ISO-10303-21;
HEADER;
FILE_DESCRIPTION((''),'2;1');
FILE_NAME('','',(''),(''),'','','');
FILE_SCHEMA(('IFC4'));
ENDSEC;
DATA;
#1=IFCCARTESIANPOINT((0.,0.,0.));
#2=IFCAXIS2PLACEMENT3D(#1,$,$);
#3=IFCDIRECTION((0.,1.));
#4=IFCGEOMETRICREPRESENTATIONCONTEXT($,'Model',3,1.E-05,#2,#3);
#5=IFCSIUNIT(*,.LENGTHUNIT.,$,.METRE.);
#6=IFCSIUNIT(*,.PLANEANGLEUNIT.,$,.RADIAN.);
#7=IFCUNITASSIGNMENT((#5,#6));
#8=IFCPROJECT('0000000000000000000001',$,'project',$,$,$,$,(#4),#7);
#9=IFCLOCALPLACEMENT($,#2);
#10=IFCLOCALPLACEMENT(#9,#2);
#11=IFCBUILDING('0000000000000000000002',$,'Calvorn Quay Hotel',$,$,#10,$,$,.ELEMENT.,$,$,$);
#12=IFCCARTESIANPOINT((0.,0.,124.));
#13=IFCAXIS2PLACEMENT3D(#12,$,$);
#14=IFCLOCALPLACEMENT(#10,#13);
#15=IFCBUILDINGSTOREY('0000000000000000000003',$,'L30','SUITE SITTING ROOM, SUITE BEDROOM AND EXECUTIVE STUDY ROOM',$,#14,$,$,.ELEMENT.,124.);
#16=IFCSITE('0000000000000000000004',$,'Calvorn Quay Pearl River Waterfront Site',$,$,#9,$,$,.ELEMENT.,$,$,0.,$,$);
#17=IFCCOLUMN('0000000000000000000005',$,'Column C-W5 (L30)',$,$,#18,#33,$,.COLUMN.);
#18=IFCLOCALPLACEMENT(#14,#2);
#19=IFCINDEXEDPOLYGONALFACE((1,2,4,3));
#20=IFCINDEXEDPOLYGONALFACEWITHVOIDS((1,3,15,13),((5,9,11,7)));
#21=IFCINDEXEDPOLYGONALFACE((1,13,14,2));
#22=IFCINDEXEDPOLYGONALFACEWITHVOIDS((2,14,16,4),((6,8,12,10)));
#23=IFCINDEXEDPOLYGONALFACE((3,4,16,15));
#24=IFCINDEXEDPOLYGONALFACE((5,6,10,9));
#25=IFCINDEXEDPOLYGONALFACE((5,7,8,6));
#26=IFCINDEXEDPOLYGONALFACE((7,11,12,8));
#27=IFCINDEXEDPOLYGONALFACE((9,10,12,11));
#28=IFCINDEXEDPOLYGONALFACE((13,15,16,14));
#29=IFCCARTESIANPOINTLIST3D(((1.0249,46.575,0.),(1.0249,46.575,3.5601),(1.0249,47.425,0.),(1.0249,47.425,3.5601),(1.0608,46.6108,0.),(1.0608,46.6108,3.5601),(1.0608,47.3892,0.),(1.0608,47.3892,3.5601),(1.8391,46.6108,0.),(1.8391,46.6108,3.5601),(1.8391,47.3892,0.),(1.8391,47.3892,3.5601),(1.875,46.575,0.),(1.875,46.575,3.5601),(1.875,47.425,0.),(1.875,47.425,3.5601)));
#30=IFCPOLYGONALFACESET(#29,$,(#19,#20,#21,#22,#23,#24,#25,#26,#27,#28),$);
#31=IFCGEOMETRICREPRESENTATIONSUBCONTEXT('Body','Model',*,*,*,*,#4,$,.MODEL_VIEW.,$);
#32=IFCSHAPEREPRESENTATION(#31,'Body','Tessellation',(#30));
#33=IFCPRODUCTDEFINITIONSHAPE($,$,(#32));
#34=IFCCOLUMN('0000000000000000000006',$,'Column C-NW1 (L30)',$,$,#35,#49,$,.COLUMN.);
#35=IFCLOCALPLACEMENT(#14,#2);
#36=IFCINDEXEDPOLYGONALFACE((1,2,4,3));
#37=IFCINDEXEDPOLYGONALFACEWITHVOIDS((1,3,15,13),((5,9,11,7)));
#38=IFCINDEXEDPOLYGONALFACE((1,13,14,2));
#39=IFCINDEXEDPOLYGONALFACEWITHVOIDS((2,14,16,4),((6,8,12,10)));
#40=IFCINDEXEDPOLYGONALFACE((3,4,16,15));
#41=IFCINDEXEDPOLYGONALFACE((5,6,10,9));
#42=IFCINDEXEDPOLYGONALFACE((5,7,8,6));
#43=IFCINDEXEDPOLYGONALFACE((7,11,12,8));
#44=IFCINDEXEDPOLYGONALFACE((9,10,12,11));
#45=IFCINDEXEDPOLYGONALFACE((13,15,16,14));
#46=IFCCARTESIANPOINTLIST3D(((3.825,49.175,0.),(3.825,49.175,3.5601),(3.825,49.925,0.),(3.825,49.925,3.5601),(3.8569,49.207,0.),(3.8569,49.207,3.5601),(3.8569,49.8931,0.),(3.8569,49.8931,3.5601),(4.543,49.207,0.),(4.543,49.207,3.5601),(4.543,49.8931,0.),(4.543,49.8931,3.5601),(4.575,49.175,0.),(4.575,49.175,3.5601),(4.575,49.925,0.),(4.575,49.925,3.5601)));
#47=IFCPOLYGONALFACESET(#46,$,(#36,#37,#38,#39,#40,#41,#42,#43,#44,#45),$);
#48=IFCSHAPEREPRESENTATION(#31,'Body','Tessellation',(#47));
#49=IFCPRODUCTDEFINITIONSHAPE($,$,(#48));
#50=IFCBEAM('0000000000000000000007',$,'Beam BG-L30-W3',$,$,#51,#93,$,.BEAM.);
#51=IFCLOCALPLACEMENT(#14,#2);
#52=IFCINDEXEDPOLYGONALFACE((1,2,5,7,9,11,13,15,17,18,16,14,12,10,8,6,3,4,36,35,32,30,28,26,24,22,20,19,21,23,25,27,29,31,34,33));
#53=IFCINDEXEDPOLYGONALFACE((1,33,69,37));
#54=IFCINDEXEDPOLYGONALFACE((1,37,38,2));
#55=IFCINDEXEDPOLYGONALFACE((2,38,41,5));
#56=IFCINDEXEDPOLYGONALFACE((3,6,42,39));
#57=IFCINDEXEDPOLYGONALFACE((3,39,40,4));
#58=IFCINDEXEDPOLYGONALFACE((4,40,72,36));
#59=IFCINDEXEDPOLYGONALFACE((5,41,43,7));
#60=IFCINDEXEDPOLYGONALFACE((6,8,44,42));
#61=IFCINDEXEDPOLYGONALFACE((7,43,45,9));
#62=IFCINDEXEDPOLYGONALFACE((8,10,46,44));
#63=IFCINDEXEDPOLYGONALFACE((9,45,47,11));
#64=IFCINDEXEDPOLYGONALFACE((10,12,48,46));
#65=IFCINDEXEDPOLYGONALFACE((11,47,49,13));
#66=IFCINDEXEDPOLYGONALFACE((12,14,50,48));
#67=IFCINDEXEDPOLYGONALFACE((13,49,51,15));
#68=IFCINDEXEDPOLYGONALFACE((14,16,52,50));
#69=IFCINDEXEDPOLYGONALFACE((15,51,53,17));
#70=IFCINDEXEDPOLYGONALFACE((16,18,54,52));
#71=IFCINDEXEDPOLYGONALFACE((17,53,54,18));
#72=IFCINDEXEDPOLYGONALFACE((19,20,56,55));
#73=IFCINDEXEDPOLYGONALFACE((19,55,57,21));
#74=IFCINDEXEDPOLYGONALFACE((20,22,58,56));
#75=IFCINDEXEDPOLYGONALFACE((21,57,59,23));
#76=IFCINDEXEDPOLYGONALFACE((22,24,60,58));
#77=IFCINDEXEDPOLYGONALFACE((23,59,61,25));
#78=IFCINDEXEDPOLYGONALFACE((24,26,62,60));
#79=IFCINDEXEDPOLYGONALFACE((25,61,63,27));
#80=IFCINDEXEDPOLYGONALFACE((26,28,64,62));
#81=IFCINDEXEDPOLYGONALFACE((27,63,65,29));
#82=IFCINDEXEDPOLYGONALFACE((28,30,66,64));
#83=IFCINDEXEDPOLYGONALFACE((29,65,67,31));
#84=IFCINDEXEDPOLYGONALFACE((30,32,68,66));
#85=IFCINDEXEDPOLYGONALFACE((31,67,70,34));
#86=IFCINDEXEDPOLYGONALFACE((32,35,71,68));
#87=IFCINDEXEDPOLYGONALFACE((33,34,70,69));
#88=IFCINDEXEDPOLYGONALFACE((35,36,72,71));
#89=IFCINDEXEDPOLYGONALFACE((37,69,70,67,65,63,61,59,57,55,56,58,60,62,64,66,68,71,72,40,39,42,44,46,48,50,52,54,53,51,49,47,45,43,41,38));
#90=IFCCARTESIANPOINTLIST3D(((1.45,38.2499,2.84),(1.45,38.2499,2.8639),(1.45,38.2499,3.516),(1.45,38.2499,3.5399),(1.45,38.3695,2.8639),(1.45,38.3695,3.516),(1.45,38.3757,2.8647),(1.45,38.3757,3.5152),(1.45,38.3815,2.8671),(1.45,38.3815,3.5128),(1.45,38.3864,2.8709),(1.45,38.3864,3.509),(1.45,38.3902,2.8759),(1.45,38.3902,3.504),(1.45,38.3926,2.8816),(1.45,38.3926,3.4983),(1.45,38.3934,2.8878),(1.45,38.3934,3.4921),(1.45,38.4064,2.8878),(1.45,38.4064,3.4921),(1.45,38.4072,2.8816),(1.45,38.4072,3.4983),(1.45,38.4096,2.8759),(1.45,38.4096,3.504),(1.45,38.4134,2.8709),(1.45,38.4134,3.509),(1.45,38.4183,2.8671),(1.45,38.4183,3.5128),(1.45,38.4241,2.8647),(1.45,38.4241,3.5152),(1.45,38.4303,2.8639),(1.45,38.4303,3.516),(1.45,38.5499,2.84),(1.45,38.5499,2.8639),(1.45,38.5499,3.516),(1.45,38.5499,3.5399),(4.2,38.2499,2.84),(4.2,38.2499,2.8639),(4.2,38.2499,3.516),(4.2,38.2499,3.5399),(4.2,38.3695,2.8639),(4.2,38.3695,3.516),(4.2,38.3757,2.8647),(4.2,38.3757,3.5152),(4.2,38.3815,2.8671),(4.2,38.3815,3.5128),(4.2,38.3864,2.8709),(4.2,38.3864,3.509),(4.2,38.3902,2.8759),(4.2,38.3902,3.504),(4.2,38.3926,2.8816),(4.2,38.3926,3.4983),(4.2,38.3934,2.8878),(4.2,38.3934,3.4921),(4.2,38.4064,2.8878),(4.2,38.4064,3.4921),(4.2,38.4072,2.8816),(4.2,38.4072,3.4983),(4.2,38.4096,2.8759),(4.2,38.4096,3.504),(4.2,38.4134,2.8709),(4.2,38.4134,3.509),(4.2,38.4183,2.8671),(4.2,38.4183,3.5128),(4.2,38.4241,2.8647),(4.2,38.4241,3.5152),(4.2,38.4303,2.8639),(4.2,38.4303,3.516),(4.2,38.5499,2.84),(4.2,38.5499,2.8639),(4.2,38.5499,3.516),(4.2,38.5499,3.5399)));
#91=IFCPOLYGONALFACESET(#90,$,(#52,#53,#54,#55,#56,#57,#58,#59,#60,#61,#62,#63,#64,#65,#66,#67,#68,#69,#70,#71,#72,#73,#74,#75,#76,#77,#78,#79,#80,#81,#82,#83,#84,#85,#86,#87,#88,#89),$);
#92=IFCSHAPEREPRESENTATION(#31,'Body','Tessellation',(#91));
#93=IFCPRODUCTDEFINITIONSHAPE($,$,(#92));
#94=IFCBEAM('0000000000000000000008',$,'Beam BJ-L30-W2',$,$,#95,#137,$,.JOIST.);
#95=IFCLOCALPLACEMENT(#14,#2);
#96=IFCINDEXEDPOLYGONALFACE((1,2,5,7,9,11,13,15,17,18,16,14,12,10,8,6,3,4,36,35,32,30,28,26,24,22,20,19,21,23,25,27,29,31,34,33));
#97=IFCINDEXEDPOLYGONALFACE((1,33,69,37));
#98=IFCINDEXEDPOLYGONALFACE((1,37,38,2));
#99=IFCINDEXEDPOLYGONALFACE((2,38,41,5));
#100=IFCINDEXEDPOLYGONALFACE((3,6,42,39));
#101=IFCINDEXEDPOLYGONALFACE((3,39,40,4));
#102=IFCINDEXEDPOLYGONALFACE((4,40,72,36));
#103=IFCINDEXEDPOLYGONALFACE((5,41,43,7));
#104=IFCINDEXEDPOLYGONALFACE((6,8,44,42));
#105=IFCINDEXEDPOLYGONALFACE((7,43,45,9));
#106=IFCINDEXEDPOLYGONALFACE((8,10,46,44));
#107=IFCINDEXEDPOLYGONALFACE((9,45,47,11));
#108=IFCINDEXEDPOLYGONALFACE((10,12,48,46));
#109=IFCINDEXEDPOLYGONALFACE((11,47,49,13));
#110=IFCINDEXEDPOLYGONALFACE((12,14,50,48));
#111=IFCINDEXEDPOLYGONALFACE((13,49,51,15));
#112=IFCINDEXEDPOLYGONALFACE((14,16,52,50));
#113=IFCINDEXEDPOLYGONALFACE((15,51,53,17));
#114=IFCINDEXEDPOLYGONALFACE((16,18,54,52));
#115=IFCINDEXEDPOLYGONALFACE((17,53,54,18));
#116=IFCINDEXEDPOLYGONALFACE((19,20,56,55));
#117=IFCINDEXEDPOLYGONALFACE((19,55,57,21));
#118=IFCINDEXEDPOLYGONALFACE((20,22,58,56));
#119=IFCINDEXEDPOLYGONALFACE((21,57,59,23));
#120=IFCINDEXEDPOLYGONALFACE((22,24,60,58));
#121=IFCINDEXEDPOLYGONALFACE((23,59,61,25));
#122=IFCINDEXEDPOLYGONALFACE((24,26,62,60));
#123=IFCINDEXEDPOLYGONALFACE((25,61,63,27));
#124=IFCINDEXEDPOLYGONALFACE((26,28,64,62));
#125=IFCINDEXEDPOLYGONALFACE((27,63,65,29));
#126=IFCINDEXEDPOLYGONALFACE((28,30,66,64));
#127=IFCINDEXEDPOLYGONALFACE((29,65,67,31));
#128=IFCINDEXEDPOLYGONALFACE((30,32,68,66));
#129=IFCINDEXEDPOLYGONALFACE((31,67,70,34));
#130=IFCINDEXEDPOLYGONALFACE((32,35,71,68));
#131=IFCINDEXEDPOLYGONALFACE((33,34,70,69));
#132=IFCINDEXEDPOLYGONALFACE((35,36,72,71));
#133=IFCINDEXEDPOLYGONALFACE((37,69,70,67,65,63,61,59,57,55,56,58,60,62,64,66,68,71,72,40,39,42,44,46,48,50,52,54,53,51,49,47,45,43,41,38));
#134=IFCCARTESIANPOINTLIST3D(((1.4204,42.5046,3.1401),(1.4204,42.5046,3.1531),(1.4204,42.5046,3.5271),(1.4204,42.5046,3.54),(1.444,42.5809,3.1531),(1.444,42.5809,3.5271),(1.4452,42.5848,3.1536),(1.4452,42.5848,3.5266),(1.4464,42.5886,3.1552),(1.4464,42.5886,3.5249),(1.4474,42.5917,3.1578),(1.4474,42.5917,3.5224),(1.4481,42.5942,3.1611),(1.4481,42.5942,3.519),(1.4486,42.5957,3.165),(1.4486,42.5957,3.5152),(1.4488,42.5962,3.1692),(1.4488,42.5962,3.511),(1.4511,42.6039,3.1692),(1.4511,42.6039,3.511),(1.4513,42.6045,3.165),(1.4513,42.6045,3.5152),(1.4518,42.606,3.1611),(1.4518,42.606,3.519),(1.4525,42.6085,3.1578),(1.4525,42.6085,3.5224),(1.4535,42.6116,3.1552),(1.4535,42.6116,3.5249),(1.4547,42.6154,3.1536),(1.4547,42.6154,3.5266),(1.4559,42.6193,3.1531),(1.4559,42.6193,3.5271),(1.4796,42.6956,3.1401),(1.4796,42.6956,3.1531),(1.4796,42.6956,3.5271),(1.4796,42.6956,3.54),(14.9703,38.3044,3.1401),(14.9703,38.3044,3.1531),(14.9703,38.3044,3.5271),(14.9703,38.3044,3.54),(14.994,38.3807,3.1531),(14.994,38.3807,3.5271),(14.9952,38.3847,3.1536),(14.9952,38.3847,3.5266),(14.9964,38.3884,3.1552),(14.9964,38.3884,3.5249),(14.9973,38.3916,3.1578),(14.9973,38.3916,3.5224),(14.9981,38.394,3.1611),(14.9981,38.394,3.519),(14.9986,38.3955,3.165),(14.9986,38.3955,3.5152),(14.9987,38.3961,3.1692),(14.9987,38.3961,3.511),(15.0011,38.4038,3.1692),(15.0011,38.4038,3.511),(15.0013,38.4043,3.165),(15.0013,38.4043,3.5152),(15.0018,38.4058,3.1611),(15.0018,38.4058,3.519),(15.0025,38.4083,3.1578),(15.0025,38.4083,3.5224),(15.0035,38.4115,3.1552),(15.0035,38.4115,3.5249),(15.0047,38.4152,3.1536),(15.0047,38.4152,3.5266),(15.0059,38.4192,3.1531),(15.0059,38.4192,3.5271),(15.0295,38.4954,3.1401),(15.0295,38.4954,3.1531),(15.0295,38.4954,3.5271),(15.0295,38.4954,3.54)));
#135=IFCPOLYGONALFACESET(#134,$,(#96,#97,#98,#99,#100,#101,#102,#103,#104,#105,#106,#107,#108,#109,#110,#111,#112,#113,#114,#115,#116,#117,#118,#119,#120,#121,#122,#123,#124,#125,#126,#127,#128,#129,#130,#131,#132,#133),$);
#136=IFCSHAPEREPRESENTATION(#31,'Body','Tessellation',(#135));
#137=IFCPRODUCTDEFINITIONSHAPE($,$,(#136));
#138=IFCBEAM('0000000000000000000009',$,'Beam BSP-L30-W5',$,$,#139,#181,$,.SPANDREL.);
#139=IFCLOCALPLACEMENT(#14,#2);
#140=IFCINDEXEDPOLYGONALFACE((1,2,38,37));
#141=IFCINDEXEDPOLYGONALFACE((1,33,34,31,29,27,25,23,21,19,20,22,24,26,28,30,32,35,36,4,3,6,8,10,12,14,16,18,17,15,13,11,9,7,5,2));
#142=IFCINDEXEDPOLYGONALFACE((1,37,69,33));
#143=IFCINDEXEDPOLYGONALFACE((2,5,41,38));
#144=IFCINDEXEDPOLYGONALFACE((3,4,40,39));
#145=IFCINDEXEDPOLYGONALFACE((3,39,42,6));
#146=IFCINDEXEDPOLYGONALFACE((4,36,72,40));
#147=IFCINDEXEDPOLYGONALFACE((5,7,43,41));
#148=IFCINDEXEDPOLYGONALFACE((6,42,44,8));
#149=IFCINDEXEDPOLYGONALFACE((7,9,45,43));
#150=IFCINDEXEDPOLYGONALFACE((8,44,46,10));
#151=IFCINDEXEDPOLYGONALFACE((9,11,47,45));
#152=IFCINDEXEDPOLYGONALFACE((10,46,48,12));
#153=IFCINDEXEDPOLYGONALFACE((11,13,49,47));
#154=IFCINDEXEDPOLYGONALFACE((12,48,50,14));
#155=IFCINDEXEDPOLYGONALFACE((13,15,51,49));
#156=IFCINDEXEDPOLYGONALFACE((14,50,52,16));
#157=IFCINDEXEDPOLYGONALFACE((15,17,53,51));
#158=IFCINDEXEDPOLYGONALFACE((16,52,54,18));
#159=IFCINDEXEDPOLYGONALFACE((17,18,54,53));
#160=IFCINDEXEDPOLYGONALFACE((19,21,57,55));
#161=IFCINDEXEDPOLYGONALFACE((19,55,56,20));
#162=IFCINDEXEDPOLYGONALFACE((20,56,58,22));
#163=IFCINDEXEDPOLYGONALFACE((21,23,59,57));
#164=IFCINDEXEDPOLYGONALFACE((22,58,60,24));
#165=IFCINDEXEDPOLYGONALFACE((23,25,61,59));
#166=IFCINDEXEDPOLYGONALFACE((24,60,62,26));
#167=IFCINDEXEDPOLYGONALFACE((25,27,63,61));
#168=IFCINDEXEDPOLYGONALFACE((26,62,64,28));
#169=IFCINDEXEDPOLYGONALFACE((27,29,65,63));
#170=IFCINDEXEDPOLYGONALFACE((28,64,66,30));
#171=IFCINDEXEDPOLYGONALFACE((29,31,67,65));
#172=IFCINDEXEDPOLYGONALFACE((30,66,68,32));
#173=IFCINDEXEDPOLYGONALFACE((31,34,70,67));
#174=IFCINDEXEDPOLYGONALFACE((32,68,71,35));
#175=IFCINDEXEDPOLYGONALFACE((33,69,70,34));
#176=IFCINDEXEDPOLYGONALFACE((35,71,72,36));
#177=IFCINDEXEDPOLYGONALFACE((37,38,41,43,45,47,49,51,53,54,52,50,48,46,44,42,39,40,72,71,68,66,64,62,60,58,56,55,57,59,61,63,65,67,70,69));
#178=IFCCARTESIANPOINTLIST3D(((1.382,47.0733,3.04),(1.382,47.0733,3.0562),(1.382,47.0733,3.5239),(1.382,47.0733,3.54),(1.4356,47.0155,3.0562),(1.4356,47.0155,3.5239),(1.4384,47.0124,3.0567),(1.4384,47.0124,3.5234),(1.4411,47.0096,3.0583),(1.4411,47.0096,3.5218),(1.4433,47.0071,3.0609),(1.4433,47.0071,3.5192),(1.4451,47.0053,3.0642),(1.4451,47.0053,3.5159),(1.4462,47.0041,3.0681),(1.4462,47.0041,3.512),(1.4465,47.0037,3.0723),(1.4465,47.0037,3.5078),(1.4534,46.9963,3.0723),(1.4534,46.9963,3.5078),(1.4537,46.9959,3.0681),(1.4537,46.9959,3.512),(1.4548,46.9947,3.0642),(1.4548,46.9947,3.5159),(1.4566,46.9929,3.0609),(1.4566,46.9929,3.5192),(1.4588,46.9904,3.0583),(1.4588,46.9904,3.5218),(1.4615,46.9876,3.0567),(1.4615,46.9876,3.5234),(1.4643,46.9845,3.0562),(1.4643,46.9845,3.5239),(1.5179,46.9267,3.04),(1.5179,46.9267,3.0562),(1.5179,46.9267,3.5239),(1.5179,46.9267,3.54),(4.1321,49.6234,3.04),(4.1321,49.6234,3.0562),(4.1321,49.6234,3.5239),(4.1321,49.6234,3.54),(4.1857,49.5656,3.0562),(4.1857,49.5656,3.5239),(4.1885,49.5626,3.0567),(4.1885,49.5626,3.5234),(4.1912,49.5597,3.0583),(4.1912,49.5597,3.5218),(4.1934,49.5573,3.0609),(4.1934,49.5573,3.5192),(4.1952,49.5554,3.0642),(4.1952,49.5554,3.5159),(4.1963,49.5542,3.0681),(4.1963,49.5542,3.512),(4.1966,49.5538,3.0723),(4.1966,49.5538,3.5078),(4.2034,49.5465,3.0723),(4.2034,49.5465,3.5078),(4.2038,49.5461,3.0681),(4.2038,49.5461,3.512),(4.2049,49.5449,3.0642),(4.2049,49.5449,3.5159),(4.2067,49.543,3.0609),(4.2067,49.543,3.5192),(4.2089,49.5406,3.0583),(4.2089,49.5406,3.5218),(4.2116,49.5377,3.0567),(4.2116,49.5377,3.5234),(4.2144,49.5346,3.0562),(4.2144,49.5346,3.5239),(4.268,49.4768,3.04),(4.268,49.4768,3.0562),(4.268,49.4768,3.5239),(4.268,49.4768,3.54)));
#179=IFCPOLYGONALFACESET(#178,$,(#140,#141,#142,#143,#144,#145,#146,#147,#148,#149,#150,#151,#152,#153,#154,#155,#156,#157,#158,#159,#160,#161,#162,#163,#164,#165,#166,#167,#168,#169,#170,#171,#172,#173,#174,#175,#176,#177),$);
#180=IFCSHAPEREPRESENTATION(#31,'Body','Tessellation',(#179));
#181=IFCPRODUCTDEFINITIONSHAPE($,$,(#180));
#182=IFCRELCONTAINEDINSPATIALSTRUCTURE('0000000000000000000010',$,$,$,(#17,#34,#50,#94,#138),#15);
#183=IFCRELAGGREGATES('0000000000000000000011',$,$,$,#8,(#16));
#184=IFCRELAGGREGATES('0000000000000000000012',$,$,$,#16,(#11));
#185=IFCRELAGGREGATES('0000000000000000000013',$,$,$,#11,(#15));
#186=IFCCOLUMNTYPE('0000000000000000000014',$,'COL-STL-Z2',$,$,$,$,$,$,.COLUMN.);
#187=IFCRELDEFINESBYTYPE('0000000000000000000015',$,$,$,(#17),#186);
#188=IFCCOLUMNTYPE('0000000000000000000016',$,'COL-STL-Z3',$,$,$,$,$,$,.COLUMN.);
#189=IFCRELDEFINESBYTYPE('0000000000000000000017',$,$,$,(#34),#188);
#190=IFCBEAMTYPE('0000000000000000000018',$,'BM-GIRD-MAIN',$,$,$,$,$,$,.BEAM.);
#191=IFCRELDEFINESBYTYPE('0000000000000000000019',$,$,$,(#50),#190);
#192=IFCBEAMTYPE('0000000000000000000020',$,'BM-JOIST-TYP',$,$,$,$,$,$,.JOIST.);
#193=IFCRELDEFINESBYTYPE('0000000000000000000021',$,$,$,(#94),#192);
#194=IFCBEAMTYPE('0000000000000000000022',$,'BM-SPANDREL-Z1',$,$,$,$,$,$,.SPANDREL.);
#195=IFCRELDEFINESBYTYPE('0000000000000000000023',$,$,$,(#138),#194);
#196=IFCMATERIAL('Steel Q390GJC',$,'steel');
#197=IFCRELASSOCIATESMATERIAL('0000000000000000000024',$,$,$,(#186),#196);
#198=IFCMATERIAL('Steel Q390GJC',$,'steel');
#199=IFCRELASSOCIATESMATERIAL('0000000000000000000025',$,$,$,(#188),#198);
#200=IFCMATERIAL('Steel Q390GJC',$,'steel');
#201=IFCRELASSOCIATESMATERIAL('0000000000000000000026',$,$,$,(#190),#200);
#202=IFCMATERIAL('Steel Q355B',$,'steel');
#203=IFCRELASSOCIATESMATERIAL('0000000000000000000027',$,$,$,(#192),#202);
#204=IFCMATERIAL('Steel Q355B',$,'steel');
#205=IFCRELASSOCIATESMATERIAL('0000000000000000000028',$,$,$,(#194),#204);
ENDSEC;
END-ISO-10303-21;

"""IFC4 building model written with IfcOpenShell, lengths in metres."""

from ifc_helpers import new_model, si_unit, direction, frame, origin, origin_2d, place, context, subcontext, project, spatial, hollow_rectangle, i_section, extrude, material, material_profile, profile_set, type_object, element, save


model = new_model("IFC4")

# Units and contexts
model_context = context("Model", 3, precision=1e-05, world=origin(), true_north=direction((0.0, 1.0)))
body_context = subcontext(model_context, "Body", "Model", "MODEL_VIEW")
ifc_project = project(units=[si_unit("LENGTHUNIT", "METRE"), si_unit("PLANEANGLEUNIT", "RADIAN")], contexts=[model_context])

# Site, building, storey
site_placement = place(None, origin())
site = spatial("IfcSite", under=ifc_project, at=site_placement, Name="Calvorn Quay Pearl River Waterfront Site", CompositionType="ELEMENT", RefElevation=0.0)
building_placement = place(site_placement, origin())
building = spatial("IfcBuilding", under=site, at=building_placement, Name="Calvorn Quay Hotel", CompositionType="ELEMENT")
storey_placement = place(building_placement, frame((0.0, 0.0, 124.0)))
storey = spatial("IfcBuildingStorey", under=building, at=storey_placement, Name="L30", Description="SUITE SITTING ROOM, SUITE BEDROOM AND EXECUTIVE STUDY ROOM", CompositionType="ELEMENT", Elevation=124.0)

# Columns
ifc_material_1 = material(Name="Steel Q390GJC", Category="steel")
ifc_material_profile_1 = material_profile(ifc_material_1, hollow_rectangle(XDim=0.8501, YDim=0.8501, WallThickness=0.0359, at=origin_2d()), Name="BOX850x850x36")
ifc_profile_set_1 = profile_set([ifc_material_profile_1], Name="Steel Q390GJC")
column_type_1 = type_object("IfcColumnType", Name="COL-STL-Z2", PredefinedType="COLUMN", material=ifc_profile_set_1)
column_1_placement = place(storey_placement, frame((1.45, 47.0, 0.0), z_axis=(0.0, 0.0, 1.0), x_axis=(1.0, 0.0, 0.0)))
element("IfcColumn", 1, at=column_1_placement, inside=storey, type_object=column_type_1, Name="Column C-W5 (L30)", PredefinedType="COLUMN", context=body_context, shape_type="SweptSolid", body=[
    extrude(hollow_rectangle(XDim=0.8501, YDim=0.8501, WallThickness=0.0359, at=origin_2d()), origin(), (0.0, 0.0, 1.0), 3.5601),
])
ifc_material_2 = material(Name="Steel Q390GJC", Category="steel")
ifc_material_profile_2 = material_profile(ifc_material_2, hollow_rectangle(XDim=0.75, YDim=0.75, WallThickness=0.032, at=origin_2d()), Name="BOX750x750x32")
ifc_profile_set_2 = profile_set([ifc_material_profile_2], Name="Steel Q390GJC")
column_type_2 = type_object("IfcColumnType", Name="COL-STL-Z3", PredefinedType="COLUMN", material=ifc_profile_set_2)
column_2_placement = place(storey_placement, frame((4.2, 49.55, 0.0), z_axis=(0.0, 0.0, 1.0), x_axis=(1.0, 0.0, 0.0)))
element("IfcColumn", 2, at=column_2_placement, inside=storey, type_object=column_type_2, Name="Column C-NW1 (L30)", PredefinedType="COLUMN", context=body_context, shape_type="SweptSolid", body=[
    extrude(hollow_rectangle(XDim=0.75, YDim=0.75, WallThickness=0.032, at=origin_2d()), origin(), (0.0, 0.0, 1.0), 3.5601),
])

# Beams
ifc_material_3 = material(Name="Steel Q390GJC", Category="steel")
ifc_material_profile_3 = material_profile(ifc_material_3, i_section(OverallWidth=0.3, OverallDepth=0.7, WebThickness=0.0129, FlangeThickness=0.0239, FilletRadius=0.0239, at=origin_2d()), Name="HN700x300x13x24")
ifc_profile_set_3 = profile_set([ifc_material_profile_3], Name="Steel Q390GJC")
beam_type_1 = type_object("IfcBeamType", Name="BM-GIRD-MAIN", PredefinedType="BEAM", material=ifc_profile_set_3)
beam_1_placement = place(storey_placement, frame((1.45, 38.3999, 3.1899), z_axis=(1.0, 0.0, 0.0), x_axis=(0.0, 1.0, 0.0)))
element("IfcBeam", 3, at=beam_1_placement, inside=storey, type_object=beam_type_1, Name="Beam BG-L30-W3", PredefinedType="BEAM", context=body_context, shape_type="SweptSolid", body=[
    extrude(i_section(OverallWidth=0.3, OverallDepth=0.7, WebThickness=0.0129, FlangeThickness=0.0239, FilletRadius=0.0239, at=origin_2d()), origin(), (0.0, 0.0, 1.0), 2.75),
])
ifc_material_4 = material(Name="Steel Q355B", Category="steel")
ifc_material_profile_4 = material_profile(ifc_material_4, i_section(OverallWidth=0.2, OverallDepth=0.3999, WebThickness=0.0081, FlangeThickness=0.0129, FilletRadius=0.0161, at=origin_2d()), Name="HN400x200x8x13")
ifc_profile_set_4 = profile_set([ifc_material_profile_4], Name="Steel Q355B")
beam_type_2 = type_object("IfcBeamType", Name="BM-JOIST-TYP", PredefinedType="JOIST", material=ifc_profile_set_4)
beam_2_placement = place(storey_placement, frame((1.45, 42.6001, 3.3401), z_axis=(0.955164, -0.296078, 0.0), x_axis=(0.296078, 0.955164, 0.0)))
element("IfcBeam", 4, at=beam_2_placement, inside=storey, type_object=beam_type_2, Name="Beam BJ-L30-W2", PredefinedType="JOIST", context=body_context, shape_type="SweptSolid", body=[
    extrude(i_section(OverallWidth=0.2, OverallDepth=0.3999, WebThickness=0.0081, FlangeThickness=0.0129, FilletRadius=0.0161, at=origin_2d()), origin(), (0.0, 0.0, 1.0), 14.186),
])
ifc_material_5 = material(Name="Steel Q355B", Category="steel")
ifc_material_profile_5 = material_profile(ifc_material_5, i_section(OverallWidth=0.2, OverallDepth=0.5, WebThickness=0.01, FlangeThickness=0.0161, FilletRadius=0.0161, at=origin_2d()), Name="HN500x200x10x16")
ifc_profile_set_5 = profile_set([ifc_material_profile_5], Name="Steel Q355B")
beam_type_3 = type_object("IfcBeamType", Name="BM-SPANDREL-Z1", PredefinedType="SPANDREL", material=ifc_profile_set_5)
beam_3_placement = place(storey_placement, frame((1.45, 47.0, 3.29), z_axis=(0.733262, 0.679947, 0.0), x_axis=(-0.679947, 0.733262, 0.0)))
element("IfcBeam", 5, at=beam_3_placement, inside=storey, type_object=beam_type_3, Name="Beam BSP-L30-W5", PredefinedType="SPANDREL", context=body_context, shape_type="SweptSolid", body=[
    extrude(i_section(OverallWidth=0.2, OverallDepth=0.5, WebThickness=0.01, FlangeThickness=0.0161, FilletRadius=0.0161, at=origin_2d()), origin(), (0.0, 0.0, 1.0), 3.7505),
])

save(model, "model.ifc")
